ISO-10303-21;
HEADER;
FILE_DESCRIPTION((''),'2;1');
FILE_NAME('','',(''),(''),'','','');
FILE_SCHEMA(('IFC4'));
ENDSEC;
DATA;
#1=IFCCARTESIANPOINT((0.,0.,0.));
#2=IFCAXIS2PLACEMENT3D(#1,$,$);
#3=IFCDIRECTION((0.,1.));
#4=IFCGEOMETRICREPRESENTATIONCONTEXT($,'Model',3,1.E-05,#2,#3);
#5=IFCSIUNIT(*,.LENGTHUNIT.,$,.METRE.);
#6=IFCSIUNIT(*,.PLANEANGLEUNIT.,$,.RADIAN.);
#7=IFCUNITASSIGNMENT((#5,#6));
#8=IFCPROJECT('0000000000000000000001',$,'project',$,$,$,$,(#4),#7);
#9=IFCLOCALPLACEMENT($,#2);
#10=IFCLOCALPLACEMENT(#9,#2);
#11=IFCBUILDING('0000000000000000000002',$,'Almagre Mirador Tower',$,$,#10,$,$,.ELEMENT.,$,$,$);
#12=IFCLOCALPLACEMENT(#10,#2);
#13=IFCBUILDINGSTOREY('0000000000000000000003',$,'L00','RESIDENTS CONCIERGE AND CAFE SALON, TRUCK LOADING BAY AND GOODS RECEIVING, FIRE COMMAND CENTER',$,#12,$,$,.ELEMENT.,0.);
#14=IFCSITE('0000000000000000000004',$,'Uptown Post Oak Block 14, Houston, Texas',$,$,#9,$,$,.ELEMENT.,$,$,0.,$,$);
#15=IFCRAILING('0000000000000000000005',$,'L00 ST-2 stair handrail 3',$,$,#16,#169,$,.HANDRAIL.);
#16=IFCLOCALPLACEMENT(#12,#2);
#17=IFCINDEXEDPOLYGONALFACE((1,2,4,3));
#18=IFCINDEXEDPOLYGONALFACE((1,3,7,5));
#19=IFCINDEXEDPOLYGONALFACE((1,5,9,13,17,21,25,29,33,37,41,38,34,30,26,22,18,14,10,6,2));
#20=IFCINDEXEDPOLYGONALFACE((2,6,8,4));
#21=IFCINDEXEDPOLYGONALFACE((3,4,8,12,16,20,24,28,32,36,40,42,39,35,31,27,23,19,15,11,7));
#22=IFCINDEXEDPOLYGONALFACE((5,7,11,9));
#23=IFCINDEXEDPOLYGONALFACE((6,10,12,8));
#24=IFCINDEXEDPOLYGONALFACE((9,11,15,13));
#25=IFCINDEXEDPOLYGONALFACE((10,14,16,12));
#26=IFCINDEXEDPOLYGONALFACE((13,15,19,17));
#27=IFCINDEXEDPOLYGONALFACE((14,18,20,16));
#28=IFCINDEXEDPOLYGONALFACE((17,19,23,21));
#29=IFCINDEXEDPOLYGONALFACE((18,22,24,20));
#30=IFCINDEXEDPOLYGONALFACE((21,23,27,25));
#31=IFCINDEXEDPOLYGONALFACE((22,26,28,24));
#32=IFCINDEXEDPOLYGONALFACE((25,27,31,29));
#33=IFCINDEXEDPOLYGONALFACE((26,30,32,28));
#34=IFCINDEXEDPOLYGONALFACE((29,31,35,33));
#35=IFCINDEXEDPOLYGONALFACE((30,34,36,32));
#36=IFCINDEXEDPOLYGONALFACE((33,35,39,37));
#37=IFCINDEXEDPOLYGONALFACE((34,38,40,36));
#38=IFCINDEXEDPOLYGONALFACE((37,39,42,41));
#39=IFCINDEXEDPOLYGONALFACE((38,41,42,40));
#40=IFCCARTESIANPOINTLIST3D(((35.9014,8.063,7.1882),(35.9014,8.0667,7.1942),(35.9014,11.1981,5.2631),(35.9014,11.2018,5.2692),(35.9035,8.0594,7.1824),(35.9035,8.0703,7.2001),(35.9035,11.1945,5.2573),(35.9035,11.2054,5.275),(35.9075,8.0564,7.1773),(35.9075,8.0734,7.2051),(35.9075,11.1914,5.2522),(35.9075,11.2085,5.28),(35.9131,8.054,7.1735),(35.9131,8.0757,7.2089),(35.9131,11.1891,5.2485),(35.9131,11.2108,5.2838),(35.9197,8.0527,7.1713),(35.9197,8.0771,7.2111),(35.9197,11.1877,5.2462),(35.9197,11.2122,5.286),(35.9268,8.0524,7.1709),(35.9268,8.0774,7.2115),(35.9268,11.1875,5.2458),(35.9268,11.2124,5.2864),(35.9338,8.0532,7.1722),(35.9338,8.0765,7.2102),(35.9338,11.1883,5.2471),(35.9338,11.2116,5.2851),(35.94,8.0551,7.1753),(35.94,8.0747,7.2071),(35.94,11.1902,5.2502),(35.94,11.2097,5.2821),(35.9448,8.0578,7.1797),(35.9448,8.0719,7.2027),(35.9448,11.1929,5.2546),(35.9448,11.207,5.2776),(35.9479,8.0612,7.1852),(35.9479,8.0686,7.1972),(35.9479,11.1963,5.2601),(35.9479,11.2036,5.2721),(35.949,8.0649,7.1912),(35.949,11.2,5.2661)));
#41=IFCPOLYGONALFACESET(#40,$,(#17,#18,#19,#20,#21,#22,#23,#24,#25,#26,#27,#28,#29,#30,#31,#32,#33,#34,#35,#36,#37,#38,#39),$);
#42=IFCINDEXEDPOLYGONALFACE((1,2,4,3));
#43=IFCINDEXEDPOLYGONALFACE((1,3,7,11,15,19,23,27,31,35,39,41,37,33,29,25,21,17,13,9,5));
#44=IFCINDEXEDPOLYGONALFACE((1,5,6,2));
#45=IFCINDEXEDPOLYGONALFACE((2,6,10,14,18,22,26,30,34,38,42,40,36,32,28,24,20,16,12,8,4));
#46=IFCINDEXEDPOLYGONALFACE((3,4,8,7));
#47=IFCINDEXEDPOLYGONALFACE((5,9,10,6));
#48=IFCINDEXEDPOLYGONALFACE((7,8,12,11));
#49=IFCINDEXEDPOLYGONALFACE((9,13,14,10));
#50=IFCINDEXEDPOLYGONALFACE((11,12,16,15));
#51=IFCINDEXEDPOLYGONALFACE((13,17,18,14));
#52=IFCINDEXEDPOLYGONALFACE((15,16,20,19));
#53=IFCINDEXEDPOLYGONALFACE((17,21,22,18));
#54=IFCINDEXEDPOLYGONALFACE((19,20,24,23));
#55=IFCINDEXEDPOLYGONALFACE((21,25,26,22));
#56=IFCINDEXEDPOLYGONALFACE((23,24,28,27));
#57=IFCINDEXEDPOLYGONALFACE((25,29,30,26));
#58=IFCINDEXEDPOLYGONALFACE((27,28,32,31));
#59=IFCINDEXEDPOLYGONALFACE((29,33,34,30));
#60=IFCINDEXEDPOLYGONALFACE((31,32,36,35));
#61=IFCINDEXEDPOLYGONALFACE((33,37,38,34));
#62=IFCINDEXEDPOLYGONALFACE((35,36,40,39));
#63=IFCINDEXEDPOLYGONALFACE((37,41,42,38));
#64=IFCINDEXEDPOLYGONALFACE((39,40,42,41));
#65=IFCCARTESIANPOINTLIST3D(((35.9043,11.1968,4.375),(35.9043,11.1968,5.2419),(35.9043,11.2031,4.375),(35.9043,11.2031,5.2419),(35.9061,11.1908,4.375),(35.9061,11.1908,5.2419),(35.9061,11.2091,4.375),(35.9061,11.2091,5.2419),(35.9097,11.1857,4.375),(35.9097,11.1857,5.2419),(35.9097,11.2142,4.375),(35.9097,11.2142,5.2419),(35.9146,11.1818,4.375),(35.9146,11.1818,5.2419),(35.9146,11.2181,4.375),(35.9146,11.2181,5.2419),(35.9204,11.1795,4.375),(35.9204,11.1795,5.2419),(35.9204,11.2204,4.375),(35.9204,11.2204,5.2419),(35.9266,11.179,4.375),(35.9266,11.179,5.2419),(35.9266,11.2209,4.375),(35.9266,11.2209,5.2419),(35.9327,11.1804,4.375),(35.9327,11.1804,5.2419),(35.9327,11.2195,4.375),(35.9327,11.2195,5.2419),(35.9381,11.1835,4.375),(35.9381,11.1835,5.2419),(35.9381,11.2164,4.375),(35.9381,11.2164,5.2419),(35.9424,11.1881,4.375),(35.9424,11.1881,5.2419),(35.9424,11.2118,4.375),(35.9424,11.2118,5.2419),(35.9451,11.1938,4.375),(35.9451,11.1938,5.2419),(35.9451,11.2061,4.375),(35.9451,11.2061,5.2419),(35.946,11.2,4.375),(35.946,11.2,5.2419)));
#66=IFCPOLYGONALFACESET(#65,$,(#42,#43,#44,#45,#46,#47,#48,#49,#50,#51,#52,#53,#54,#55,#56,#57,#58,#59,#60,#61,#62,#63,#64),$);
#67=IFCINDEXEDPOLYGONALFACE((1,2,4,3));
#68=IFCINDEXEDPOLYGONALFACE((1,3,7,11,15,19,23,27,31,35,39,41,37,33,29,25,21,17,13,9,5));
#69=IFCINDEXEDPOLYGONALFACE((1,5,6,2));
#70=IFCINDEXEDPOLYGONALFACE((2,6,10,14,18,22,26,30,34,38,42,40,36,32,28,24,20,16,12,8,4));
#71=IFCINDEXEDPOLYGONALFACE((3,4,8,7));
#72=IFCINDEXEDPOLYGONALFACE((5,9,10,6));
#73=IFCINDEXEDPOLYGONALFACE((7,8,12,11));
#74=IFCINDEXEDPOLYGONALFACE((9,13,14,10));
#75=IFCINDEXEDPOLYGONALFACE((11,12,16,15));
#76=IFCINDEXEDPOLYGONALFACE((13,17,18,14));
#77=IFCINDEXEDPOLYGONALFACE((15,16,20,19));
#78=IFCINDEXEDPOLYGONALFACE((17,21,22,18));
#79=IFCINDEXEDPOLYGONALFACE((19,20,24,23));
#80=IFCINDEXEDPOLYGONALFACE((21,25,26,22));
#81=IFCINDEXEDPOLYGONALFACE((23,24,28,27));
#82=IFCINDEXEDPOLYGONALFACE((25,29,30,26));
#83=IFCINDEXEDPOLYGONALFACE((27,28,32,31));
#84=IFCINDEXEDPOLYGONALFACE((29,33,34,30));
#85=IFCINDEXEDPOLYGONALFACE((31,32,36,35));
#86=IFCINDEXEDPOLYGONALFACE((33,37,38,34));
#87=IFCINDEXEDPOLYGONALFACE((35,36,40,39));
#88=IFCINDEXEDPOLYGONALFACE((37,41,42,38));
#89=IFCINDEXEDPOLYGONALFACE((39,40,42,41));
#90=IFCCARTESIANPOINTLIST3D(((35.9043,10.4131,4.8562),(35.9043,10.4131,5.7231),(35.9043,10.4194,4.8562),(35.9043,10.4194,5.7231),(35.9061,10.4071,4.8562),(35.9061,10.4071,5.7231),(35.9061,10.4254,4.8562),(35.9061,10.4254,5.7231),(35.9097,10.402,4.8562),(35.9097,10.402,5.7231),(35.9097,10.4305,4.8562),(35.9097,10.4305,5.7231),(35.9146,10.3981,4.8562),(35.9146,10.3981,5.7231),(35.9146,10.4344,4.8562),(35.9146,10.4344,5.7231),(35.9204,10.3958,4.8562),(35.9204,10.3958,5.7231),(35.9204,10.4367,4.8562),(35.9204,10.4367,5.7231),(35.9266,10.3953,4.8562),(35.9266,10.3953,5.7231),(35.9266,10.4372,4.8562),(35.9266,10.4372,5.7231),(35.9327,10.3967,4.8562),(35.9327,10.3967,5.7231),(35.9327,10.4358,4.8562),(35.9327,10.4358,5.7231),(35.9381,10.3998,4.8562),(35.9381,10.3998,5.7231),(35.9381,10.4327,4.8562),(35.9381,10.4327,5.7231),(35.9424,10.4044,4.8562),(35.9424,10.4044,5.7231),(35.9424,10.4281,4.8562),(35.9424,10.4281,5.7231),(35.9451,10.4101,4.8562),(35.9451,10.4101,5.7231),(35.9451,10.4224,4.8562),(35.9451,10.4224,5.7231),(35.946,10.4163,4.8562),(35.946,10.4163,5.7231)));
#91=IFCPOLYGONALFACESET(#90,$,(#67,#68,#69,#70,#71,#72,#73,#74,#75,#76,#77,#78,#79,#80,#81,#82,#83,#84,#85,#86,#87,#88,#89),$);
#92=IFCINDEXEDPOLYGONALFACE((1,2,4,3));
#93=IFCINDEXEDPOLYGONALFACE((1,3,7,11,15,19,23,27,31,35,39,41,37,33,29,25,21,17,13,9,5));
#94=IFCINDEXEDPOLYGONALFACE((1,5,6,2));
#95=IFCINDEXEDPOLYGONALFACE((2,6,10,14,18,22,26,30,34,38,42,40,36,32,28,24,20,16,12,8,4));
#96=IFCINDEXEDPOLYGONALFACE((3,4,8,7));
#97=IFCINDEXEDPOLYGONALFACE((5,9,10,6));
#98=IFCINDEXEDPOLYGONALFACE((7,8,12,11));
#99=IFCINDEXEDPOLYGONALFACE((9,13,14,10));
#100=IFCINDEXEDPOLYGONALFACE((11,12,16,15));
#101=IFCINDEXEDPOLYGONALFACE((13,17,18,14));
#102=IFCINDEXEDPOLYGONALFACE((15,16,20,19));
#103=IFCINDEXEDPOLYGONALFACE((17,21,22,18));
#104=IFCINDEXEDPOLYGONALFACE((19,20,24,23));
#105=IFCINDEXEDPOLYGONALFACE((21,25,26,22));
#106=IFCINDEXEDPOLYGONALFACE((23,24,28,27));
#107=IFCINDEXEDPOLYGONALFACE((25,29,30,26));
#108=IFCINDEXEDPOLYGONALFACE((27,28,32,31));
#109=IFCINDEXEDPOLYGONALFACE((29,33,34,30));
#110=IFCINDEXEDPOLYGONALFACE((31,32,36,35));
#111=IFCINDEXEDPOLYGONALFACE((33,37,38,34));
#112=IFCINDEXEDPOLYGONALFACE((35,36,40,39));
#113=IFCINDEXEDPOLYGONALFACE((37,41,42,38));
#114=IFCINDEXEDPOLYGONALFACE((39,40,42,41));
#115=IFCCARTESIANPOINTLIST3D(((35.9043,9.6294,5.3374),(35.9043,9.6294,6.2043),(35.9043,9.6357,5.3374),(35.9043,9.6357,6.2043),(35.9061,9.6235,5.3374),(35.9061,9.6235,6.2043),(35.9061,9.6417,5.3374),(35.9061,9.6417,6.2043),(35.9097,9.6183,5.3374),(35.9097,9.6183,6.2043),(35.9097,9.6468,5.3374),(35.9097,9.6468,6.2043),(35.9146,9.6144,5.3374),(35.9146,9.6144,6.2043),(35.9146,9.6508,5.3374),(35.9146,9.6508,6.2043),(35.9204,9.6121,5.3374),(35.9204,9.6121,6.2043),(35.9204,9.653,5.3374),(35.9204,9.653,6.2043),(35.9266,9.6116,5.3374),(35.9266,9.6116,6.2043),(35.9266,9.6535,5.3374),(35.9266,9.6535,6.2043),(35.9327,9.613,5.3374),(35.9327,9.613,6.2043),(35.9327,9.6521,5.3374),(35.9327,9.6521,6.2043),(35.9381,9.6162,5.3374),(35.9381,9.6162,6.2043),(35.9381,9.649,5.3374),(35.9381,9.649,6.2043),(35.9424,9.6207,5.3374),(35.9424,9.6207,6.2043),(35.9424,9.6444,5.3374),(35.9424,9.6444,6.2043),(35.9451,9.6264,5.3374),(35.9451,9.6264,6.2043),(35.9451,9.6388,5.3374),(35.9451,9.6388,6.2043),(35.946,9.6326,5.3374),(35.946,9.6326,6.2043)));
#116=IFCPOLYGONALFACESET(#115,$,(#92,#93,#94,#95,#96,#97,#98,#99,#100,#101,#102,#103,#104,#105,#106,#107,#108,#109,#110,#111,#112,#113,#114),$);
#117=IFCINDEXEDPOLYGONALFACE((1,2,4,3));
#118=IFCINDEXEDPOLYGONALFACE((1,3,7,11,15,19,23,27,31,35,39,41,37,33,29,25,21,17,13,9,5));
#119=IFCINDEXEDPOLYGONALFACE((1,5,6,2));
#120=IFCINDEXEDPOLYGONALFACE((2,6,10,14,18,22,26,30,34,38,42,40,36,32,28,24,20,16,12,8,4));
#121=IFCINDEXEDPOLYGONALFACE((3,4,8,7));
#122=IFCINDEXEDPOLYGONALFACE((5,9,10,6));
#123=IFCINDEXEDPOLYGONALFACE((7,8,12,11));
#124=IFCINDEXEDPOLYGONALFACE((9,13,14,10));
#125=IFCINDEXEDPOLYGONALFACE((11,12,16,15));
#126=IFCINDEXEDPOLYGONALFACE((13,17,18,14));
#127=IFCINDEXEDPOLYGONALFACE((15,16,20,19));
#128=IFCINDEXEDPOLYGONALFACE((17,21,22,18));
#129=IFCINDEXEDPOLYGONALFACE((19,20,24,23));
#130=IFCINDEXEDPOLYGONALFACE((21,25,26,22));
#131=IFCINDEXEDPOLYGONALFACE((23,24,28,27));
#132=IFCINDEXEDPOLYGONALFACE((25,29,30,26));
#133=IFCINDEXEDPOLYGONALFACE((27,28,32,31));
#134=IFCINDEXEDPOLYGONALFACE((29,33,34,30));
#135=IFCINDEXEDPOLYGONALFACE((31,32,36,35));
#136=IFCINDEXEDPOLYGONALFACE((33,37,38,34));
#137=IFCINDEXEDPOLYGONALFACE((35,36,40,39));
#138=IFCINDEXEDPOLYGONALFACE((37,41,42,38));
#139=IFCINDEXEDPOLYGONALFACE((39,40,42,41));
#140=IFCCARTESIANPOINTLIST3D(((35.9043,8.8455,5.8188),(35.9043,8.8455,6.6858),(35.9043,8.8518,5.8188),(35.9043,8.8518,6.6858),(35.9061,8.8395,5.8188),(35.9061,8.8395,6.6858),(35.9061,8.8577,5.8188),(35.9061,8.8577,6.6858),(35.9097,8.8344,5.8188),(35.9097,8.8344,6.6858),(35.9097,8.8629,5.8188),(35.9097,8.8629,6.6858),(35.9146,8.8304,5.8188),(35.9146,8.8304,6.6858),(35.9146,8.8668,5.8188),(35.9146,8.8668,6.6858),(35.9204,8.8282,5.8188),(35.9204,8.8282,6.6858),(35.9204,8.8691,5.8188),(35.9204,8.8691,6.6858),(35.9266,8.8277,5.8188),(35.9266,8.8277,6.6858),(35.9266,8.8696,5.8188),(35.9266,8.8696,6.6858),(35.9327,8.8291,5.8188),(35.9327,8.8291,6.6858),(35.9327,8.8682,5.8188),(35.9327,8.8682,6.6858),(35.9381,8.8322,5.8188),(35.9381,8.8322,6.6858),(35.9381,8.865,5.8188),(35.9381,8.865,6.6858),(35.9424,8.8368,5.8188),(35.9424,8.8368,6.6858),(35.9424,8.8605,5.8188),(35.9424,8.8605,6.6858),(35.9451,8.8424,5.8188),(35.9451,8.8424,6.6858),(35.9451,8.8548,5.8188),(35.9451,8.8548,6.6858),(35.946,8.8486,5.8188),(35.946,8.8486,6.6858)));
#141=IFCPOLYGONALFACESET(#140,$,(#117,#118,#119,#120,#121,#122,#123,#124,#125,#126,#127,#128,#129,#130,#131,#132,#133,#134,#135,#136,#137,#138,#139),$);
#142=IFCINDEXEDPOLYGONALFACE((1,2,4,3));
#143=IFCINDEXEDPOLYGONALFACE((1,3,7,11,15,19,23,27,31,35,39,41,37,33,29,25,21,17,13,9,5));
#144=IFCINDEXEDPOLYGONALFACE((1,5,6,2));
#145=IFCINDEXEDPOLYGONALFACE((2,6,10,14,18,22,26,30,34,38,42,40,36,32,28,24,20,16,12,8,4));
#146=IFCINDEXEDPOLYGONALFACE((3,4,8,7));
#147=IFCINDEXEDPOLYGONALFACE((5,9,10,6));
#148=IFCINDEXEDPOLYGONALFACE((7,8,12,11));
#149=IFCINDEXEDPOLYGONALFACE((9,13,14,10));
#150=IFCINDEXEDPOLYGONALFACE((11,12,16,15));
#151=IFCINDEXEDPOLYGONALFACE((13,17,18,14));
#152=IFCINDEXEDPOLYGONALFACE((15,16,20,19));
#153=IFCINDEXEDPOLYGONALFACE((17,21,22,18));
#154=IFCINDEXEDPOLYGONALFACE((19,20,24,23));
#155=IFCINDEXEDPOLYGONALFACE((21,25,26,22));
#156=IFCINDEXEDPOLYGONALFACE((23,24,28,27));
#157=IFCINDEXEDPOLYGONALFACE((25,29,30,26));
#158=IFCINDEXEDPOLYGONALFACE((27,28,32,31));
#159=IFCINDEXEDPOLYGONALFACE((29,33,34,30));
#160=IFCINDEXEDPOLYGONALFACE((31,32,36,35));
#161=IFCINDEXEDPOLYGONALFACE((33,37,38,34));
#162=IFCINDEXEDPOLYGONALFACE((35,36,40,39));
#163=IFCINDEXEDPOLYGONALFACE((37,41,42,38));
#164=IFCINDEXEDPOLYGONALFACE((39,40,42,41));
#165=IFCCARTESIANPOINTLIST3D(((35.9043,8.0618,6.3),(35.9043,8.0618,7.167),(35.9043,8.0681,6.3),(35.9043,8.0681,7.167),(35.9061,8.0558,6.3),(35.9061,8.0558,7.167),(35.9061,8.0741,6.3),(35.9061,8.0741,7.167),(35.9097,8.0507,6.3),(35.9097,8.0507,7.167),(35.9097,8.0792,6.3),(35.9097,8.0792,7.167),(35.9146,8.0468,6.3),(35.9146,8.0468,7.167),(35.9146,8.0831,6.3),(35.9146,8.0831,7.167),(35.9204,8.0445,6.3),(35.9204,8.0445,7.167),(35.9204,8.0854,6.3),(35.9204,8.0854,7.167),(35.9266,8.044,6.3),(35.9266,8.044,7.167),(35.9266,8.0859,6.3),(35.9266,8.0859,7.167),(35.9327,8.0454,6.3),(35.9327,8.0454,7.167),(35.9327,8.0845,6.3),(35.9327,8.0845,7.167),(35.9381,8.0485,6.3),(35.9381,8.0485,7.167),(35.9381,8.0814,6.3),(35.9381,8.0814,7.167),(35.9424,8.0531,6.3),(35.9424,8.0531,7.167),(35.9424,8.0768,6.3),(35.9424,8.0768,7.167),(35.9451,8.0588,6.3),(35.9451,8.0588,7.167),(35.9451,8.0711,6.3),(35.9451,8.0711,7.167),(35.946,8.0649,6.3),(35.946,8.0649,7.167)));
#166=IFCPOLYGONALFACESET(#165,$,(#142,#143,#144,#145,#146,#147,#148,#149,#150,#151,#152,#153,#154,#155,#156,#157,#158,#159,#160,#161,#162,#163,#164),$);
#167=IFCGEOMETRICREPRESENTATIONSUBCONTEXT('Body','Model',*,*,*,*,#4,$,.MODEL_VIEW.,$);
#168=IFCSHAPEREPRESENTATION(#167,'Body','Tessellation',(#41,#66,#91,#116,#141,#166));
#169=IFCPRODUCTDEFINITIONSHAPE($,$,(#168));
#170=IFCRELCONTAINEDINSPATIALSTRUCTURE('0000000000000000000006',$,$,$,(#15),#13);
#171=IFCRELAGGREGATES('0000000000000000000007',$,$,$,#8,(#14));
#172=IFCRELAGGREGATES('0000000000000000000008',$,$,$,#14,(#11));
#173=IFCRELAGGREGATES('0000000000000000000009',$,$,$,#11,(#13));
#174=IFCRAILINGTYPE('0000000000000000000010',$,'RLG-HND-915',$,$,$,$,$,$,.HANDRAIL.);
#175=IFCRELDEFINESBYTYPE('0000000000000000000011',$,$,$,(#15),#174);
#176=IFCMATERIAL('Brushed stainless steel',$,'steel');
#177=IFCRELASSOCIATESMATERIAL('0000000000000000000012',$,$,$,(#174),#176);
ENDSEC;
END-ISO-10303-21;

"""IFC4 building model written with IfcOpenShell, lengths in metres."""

from ifc_helpers import new_model, si_unit, direction, frame, origin, origin_2d, place, context, subcontext, project, spatial, circle, extrude, material, type_object, element, save


model = new_model("IFC4")

# Units and contexts
model_context = context("Model", 3, precision=1e-05, world=origin(), true_north=direction((0.0, 1.0)))
body_context = subcontext(model_context, "Body", "Model", "MODEL_VIEW")
ifc_project = project(units=[si_unit("LENGTHUNIT", "METRE"), si_unit("PLANEANGLEUNIT", "RADIAN")], contexts=[model_context])

# Site, building, storey
site_placement = place(None, origin())
site = spatial("IfcSite", under=ifc_project, at=site_placement, Name="Uptown Post Oak Block 14, Houston, Texas", CompositionType="ELEMENT", RefElevation=0.0)
building_placement = place(site_placement, origin())
building = spatial("IfcBuilding", under=site, at=building_placement, Name="Almagre Mirador Tower", CompositionType="ELEMENT")
storey_placement = place(building_placement, origin())
storey = spatial("IfcBuildingStorey", under=building, at=storey_placement, Name="L00", Description="RESIDENTS CONCIERGE AND CAFE SALON, TRUCK LOADING BAY AND GOODS RECEIVING, FIRE COMMAND CENTER", CompositionType="ELEMENT", Elevation=0.0)

# Railing
ifc_material_1 = material(Name="Brushed stainless steel", Category="steel")
railing_type_1 = type_object("IfcRailingType", Name="RLG-HND-915", PredefinedType="HANDRAIL", material=ifc_material_1)
railing_1_placement = place(storey_placement, frame((35.925, 11.2, 4.375)))
element("IfcRailing", 1, at=railing_1_placement, inside=storey, type_object=railing_type_1, Name="L00 ST-2 stair handrail 3", PredefinedType="HANDRAIL", context=body_context, shape_type="SweptSolid", body=[
    extrude(circle(Radius=0.0239, at=origin_2d()), frame((0.0, 0.0, 0.8911), z_axis=(0.0, -0.852166, 0.523271), x_axis=(1.0, 0.0, 0.0)), (0.0, 0.0, 1.0), 3.679),
    extrude(circle(Radius=0.021, at=origin_2d()), origin(), (0.0, 0.0, 1.0), 0.8669),
    extrude(circle(Radius=0.021, at=origin_2d()), frame((0.0, -0.7837, 0.4812)), (0.0, 0.0, 1.0), 0.8669),
    extrude(circle(Radius=0.021, at=origin_2d()), frame((0.0, -1.5674, 0.9624)), (0.0, 0.0, 1.0), 0.8669),
    extrude(circle(Radius=0.021, at=origin_2d()), frame((0.0, -2.3513, 1.4438)), (0.0, 0.0, 1.0), 0.8669),
    extrude(circle(Radius=0.021, at=origin_2d()), frame((0.0, -3.135, 1.925)), (0.0, 0.0, 1.0), 0.8669),
])

save(model, "model.ifc")
